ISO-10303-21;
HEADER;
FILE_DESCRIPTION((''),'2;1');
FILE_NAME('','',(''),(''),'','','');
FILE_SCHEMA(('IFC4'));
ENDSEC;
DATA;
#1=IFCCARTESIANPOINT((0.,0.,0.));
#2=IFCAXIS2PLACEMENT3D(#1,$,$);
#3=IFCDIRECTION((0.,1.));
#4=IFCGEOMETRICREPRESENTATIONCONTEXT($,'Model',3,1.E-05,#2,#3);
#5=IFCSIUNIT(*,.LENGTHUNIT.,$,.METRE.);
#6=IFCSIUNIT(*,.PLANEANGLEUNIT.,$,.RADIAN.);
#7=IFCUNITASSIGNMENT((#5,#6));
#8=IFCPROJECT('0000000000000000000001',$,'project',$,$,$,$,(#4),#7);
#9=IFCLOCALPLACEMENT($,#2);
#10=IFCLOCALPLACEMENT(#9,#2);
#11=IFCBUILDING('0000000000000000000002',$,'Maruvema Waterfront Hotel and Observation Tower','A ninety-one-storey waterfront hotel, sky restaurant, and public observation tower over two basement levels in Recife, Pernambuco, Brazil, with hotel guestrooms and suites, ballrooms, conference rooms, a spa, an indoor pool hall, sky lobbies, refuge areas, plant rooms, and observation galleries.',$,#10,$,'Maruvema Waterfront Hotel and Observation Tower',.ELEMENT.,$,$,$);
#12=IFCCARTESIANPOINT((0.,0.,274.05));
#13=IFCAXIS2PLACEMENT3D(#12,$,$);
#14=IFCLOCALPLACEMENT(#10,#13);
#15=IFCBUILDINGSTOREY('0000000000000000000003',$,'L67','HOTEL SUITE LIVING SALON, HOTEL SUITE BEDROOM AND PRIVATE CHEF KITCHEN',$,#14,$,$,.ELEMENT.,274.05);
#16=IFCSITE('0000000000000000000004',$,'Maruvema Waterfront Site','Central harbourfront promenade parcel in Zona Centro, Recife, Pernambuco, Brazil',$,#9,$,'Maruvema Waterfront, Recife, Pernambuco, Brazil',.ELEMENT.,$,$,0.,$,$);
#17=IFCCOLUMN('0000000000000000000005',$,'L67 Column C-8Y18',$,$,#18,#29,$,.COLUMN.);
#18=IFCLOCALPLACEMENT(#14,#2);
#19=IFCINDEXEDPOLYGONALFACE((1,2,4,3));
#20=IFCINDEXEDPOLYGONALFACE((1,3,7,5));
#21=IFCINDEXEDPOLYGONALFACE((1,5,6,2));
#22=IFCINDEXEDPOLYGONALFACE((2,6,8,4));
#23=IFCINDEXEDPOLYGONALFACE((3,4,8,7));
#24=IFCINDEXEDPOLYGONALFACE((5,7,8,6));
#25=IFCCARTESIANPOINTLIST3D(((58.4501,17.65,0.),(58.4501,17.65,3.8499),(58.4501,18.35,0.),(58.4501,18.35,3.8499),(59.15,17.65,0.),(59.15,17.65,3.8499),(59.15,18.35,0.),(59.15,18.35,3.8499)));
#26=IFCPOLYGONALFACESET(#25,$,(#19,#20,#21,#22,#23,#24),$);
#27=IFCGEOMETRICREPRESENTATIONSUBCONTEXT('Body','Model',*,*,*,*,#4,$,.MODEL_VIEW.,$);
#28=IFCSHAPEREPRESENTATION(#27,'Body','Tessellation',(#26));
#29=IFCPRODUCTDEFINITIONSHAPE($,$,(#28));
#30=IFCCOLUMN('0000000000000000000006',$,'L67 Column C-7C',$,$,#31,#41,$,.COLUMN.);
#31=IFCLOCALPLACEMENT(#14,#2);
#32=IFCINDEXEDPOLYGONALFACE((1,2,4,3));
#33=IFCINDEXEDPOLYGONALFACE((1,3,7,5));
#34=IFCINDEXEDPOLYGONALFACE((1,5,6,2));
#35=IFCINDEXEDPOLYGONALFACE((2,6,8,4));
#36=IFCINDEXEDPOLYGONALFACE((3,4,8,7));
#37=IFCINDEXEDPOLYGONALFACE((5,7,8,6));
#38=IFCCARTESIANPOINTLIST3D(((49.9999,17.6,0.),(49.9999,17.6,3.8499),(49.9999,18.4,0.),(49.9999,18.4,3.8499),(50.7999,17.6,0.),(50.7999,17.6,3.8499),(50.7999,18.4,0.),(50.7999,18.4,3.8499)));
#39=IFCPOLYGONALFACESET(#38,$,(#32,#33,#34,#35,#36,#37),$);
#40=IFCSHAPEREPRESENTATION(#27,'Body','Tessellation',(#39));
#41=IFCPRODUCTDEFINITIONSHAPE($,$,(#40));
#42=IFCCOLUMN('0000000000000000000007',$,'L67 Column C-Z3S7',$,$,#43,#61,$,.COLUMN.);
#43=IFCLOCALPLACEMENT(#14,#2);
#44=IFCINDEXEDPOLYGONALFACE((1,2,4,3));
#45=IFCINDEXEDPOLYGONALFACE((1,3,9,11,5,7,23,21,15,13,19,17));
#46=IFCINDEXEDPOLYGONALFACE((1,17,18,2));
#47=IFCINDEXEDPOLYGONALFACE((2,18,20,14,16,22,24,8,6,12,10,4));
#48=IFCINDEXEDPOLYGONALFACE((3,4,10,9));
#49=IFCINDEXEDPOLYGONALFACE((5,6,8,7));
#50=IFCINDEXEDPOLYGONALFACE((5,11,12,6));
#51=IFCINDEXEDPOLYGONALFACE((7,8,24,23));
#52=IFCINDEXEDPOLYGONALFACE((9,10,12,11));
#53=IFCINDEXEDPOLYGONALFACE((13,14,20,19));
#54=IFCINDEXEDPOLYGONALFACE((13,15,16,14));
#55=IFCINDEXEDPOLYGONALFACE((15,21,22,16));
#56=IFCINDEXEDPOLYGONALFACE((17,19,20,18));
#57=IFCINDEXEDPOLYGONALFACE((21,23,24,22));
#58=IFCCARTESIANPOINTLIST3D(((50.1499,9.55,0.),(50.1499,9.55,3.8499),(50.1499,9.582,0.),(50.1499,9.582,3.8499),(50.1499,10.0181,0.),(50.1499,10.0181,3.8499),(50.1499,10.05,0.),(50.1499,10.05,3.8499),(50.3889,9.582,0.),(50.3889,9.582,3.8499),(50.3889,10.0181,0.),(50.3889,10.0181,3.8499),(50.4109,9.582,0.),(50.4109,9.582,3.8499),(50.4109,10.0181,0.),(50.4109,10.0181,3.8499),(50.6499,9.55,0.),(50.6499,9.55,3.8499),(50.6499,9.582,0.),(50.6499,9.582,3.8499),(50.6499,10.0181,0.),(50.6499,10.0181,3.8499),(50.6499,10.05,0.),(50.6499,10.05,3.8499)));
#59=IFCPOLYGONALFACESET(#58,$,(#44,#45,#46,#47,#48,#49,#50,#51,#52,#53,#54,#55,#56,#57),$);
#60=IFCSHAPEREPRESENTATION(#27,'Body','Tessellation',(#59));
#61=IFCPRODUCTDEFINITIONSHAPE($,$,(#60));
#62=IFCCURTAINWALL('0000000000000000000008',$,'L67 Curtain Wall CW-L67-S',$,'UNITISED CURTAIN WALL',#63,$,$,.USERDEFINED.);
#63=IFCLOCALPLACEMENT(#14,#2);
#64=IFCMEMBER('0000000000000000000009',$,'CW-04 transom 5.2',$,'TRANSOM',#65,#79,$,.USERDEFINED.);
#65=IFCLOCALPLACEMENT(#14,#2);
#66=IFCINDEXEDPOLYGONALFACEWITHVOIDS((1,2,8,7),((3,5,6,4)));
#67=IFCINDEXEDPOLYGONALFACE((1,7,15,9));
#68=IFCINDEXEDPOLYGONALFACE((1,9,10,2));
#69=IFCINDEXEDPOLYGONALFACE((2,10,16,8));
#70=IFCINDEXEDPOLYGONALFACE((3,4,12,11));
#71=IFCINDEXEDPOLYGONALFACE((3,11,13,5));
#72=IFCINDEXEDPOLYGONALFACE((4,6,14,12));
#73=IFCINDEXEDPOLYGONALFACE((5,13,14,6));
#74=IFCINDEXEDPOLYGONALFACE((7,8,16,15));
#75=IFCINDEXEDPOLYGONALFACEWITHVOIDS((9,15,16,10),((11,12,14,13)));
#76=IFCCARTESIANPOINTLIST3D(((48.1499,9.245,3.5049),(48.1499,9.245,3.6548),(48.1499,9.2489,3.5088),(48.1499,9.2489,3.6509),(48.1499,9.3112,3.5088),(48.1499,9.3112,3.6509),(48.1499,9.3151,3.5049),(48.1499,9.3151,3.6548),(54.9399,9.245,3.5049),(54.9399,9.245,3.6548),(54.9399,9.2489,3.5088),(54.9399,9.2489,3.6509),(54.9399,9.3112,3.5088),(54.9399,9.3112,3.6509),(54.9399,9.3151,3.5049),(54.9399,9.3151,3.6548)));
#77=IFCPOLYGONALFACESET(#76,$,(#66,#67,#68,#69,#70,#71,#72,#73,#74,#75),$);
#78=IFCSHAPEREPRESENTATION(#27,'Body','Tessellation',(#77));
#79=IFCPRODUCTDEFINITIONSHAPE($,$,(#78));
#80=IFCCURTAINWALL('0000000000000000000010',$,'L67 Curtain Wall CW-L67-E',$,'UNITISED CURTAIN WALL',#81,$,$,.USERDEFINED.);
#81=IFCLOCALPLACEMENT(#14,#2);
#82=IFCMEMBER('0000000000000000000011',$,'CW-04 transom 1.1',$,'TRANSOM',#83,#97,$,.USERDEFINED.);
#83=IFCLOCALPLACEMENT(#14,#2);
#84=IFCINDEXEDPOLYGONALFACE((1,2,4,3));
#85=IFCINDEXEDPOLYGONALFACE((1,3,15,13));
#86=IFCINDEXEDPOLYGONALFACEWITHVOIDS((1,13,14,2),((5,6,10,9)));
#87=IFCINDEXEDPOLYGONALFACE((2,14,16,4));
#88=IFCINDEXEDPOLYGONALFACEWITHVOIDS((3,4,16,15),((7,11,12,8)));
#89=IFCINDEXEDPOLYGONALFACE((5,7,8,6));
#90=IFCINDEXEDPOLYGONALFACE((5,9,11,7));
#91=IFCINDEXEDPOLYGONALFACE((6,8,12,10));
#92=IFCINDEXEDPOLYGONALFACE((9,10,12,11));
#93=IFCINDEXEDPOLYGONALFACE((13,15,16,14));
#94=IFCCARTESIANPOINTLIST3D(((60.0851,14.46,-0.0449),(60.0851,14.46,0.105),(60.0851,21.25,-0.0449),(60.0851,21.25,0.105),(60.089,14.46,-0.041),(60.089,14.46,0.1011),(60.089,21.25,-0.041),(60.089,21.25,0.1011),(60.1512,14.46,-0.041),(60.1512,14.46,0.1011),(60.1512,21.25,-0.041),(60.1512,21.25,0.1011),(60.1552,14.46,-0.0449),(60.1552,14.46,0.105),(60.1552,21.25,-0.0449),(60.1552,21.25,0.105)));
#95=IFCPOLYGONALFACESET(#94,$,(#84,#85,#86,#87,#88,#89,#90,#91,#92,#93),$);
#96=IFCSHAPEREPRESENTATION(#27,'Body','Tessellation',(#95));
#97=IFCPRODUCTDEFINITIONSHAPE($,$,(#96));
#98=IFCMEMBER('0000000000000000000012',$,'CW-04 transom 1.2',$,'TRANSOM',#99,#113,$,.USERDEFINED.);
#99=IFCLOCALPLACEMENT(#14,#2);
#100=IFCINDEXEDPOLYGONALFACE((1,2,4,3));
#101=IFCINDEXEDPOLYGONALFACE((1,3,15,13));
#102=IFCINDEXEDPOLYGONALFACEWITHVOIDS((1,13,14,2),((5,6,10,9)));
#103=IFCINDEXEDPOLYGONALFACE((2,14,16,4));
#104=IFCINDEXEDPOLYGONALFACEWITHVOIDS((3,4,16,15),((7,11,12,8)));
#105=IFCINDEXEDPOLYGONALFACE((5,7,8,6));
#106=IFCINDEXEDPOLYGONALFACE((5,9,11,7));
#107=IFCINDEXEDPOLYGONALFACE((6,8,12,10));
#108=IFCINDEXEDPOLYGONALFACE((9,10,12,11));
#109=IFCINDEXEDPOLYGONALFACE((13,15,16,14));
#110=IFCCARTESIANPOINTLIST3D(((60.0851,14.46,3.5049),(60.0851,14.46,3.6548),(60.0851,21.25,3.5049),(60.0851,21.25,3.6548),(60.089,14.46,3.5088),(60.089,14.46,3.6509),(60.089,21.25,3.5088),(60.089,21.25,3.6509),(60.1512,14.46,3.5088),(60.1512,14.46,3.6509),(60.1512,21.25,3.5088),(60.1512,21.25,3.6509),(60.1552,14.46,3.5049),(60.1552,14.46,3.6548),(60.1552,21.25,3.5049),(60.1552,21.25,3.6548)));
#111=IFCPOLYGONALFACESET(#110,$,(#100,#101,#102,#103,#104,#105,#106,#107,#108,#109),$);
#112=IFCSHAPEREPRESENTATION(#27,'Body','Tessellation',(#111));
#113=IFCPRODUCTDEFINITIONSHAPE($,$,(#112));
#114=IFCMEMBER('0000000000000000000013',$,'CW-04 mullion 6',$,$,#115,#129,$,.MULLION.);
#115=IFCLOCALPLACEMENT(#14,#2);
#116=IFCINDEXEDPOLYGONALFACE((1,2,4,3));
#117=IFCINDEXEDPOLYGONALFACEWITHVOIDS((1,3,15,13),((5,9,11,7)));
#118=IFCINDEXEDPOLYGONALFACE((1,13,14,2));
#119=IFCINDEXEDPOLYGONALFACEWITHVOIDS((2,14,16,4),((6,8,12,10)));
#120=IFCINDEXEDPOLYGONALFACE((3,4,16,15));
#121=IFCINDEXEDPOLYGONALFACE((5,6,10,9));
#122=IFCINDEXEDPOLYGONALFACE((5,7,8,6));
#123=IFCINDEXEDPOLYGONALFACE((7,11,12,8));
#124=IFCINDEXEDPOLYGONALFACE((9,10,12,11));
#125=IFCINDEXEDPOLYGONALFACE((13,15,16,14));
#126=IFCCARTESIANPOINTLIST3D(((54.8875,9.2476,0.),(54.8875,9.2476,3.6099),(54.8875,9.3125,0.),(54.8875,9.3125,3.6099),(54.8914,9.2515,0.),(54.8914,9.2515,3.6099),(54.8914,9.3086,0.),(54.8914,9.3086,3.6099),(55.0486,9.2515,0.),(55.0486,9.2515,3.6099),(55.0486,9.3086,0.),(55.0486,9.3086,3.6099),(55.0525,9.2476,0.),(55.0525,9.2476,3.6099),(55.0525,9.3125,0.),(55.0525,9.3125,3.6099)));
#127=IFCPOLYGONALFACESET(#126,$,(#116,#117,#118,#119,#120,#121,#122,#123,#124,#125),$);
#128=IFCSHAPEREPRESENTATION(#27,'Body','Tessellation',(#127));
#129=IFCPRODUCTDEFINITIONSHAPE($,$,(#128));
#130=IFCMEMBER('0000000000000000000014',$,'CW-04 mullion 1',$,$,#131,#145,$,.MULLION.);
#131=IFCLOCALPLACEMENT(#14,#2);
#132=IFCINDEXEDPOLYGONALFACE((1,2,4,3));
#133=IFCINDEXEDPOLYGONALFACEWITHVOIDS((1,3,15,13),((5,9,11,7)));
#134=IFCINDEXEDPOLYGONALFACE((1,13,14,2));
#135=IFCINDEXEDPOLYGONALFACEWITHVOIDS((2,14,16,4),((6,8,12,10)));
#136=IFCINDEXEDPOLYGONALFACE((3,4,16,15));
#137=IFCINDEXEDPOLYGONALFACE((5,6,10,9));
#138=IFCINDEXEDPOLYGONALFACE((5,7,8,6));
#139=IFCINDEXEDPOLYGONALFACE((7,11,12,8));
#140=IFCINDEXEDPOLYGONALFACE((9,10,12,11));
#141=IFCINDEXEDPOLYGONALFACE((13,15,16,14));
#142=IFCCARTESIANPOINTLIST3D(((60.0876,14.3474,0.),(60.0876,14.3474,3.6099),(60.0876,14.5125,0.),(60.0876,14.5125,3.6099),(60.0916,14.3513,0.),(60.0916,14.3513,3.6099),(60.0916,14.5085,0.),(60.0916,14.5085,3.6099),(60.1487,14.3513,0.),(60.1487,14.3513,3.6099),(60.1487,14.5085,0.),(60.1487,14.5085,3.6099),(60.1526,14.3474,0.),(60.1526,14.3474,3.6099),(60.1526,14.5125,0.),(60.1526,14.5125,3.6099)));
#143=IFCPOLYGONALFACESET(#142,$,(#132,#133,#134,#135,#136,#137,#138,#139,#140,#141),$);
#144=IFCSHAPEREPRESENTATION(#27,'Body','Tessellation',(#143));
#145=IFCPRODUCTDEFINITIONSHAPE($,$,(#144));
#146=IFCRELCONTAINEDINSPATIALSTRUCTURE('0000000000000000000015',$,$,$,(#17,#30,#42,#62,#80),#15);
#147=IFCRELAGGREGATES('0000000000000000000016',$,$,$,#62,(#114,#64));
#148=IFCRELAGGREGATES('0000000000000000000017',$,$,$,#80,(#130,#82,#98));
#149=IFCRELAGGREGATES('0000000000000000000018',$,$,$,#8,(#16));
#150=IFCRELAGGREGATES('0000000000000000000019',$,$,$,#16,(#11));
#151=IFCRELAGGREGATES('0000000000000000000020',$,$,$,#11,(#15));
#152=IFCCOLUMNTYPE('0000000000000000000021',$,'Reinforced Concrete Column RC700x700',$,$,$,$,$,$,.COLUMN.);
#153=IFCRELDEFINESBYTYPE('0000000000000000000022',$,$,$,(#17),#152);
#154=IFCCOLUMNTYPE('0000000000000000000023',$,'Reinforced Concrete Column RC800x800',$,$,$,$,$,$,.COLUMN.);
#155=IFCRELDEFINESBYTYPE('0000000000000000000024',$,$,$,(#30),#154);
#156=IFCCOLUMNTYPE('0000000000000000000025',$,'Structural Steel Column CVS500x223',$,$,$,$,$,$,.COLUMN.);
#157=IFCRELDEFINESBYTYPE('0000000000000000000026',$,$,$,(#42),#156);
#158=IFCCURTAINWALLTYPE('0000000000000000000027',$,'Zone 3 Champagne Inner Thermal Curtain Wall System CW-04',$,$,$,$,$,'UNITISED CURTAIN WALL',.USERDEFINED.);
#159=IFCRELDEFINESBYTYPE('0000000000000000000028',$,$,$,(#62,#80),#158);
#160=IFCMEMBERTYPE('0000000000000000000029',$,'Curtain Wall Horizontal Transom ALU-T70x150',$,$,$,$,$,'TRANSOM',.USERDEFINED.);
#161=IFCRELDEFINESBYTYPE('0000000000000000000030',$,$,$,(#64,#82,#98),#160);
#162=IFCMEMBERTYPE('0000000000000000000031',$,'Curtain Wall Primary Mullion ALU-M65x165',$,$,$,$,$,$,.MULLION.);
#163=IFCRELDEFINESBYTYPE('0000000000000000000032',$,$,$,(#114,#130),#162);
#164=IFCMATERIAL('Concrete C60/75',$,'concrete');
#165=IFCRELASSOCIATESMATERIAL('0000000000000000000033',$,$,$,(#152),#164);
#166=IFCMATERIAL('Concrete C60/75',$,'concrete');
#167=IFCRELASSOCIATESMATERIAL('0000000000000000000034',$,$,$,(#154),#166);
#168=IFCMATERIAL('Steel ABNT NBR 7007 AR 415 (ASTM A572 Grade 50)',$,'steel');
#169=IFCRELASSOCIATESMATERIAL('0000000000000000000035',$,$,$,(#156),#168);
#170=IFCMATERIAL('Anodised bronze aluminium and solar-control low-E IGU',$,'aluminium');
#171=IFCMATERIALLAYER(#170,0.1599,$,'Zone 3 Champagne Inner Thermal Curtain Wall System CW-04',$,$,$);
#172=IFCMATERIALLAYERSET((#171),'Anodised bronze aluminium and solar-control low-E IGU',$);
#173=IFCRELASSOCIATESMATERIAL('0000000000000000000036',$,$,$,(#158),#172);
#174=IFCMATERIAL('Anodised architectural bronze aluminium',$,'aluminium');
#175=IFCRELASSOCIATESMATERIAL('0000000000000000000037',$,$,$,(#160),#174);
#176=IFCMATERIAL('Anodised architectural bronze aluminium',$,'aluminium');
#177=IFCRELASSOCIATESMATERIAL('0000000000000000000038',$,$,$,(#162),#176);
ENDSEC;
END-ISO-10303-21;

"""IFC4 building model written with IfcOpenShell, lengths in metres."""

from ifc_helpers import new_model, si_unit, direction, frame, origin, origin_2d, place, context, subcontext, project, spatial, rectangle, hollow_rectangle, i_section, extrude, material, layer, layer_set, material_profile, profile_set, type_object, element, aggregate, save


model = new_model("IFC4")

# Units and contexts
model_context = context("Model", 3, precision=1e-05, world=origin(), true_north=direction((0.0, 1.0)))
body_context = subcontext(model_context, "Body", "Model", "MODEL_VIEW")
ifc_project = project(units=[si_unit("LENGTHUNIT", "METRE"), si_unit("PLANEANGLEUNIT", "RADIAN")], contexts=[model_context])

# Site, building, storey
site_placement = place(None, origin())
site = spatial("IfcSite", under=ifc_project, at=site_placement, Name="Maruvema Waterfront Site", Description="Central harbourfront promenade parcel in Zona Centro, Recife, Pernambuco, Brazil", LongName="Maruvema Waterfront, Recife, Pernambuco, Brazil", CompositionType="ELEMENT", RefElevation=0.0)
building_placement = place(site_placement, origin())
building = spatial("IfcBuilding", under=site, at=building_placement, Name="Maruvema Waterfront Hotel and Observation Tower", Description="A ninety-one-storey waterfront hotel, sky restaurant, and public observation tower over two basement levels in Recife, Pernambuco, Brazil, with hotel guestrooms and suites, ballrooms, conference rooms, a spa, an indoor pool hall, sky lobbies, refuge areas, plant rooms, and observation galleries.", LongName="Maruvema Waterfront Hotel and Observation Tower", CompositionType="ELEMENT")
storey_placement = place(building_placement, frame((0.0, 0.0, 274.05)))
storey = spatial("IfcBuildingStorey", under=building, at=storey_placement, Name="L67", Description="HOTEL SUITE LIVING SALON, HOTEL SUITE BEDROOM AND PRIVATE CHEF KITCHEN", CompositionType="ELEMENT", Elevation=274.05)

# Columns
ifc_material_1 = material(Name="Concrete C60/75", Category="concrete")
ifc_material_profile_1 = material_profile(ifc_material_1, rectangle(XDim=0.7, YDim=0.7, at=origin_2d()), Name="RC700x700")
ifc_profile_set_1 = profile_set([ifc_material_profile_1], Name="Concrete C60/75")
column_type_1 = type_object("IfcColumnType", Name="Reinforced Concrete Column RC700x700", PredefinedType="COLUMN", material=ifc_profile_set_1)
column_1_placement = place(storey_placement, frame((58.8, 18.0, 0.0), z_axis=(0.0, 0.0, 1.0), x_axis=(1.0, 0.0, 0.0)))
element("IfcColumn", 1, at=column_1_placement, inside=storey, type_object=column_type_1, Name="L67 Column C-8Y18", PredefinedType="COLUMN", context=body_context, shape_type="SweptSolid", body=[
    extrude(rectangle(XDim=0.7, YDim=0.7, at=origin_2d()), origin(), (0.0, 0.0, 1.0), 3.8499),
])
ifc_material_2 = material(Name="Concrete C60/75", Category="concrete")
ifc_material_profile_2 = material_profile(ifc_material_2, rectangle(XDim=0.8, YDim=0.8, at=origin_2d()), Name="RC800x800")
ifc_profile_set_2 = profile_set([ifc_material_profile_2], Name="Concrete C60/75")
column_type_2 = type_object("IfcColumnType", Name="Reinforced Concrete Column RC800x800", PredefinedType="COLUMN", material=ifc_profile_set_2)
column_2_placement = place(storey_placement, frame((50.3999, 18.0, 0.0), z_axis=(0.0, 0.0, 1.0), x_axis=(1.0, 0.0, 0.0)))
element("IfcColumn", 2, at=column_2_placement, inside=storey, type_object=column_type_2, Name="L67 Column C-7C", PredefinedType="COLUMN", context=body_context, shape_type="SweptSolid", body=[
    extrude(rectangle(XDim=0.8, YDim=0.8, at=origin_2d()), origin(), (0.0, 0.0, 1.0), 3.8499),
])
ifc_material_3 = material(Name="Steel ABNT NBR 7007 AR 415 (ASTM A572 Grade 50)", Category="steel")
ifc_material_profile_3 = material_profile(ifc_material_3, i_section(OverallWidth=0.5, OverallDepth=0.5, WebThickness=0.022, FlangeThickness=0.032, at=origin_2d()), Name="CVS500x223")
ifc_profile_set_3 = profile_set([ifc_material_profile_3], Name="Steel ABNT NBR 7007 AR 415 (ASTM A572 Grade 50)")
column_type_3 = type_object("IfcColumnType", Name="Structural Steel Column CVS500x223", PredefinedType="COLUMN", material=ifc_profile_set_3)
column_3_placement = place(storey_placement, frame((50.3999, 9.8, 0.0), z_axis=(0.0, 0.0, 1.0), x_axis=(1.0, 0.0, 0.0)))
element("IfcColumn", 3, at=column_3_placement, inside=storey, type_object=column_type_3, Name="L67 Column C-Z3S7", PredefinedType="COLUMN", context=body_context, shape_type="SweptSolid", body=[
    extrude(i_section(OverallWidth=0.5, OverallDepth=0.5, WebThickness=0.022, FlangeThickness=0.032, at=origin_2d()), origin(), (0.0, 0.0, 1.0), 3.8499),
])

# Curtain wall, member
ifc_material_4 = material(Name="Anodised bronze aluminium and solar-control low-E IGU", Category="aluminium")
ifc_layer_1 = layer(ifc_material_4, 0.1599, Name="Zone 3 Champagne Inner Thermal Curtain Wall System CW-04")
ifc_layer_set_1 = layer_set([ifc_layer_1], Name="Anodised bronze aluminium and solar-control low-E IGU")
curtain_wall_type = type_object("IfcCurtainWallType", Name="Zone 3 Champagne Inner Thermal Curtain Wall System CW-04", ElementType="UNITISED CURTAIN WALL", PredefinedType="USERDEFINED", material=ifc_layer_set_1)
curtain_wall_1_placement = place(storey_placement, origin())
curtain_wall_1 = element("IfcCurtainWall", 4, at=curtain_wall_1_placement, inside=storey, type_object=curtain_wall_type, Name="L67 Curtain Wall CW-L67-S", ObjectType="UNITISED CURTAIN WALL", PredefinedType="USERDEFINED")
ifc_material_5 = material(Name="Anodised architectural bronze aluminium", Category="aluminium")
ifc_material_profile_4 = material_profile(ifc_material_5, hollow_rectangle(XDim=0.0701, YDim=0.1499, WallThickness=0.0039, at=origin_2d()), Name="ALU-T70x150")
ifc_profile_set_4 = profile_set([ifc_material_profile_4], Name="Anodised architectural bronze aluminium")
member_type_1 = type_object("IfcMemberType", Name="Curtain Wall Horizontal Transom ALU-T70x150", ElementType="TRANSOM", PredefinedType="USERDEFINED", material=ifc_profile_set_4)
member_1_placement = place(storey_placement, frame((48.1499, 9.28, 3.5798), z_axis=(1.0, 0.0, 0.0), x_axis=(0.0, 1.0, 0.0)))
member_1 = element("IfcMember", 5, at=member_1_placement, type_object=member_type_1, Name="CW-04 transom 5.2", ObjectType="TRANSOM", PredefinedType="USERDEFINED", context=body_context, shape_type="SweptSolid", body=[
    extrude(hollow_rectangle(XDim=0.0701, YDim=0.1499, WallThickness=0.0039, at=origin_2d()), origin(), (0.0, 0.0, 1.0), 6.79),
])

# Curtain wall, members
curtain_wall_2_placement = place(storey_placement, origin())
curtain_wall_2 = element("IfcCurtainWall", 6, at=curtain_wall_2_placement, inside=storey, type_object=curtain_wall_type, Name="L67 Curtain Wall CW-L67-E", ObjectType="UNITISED CURTAIN WALL", PredefinedType="USERDEFINED")
member_2_placement = place(storey_placement, frame((60.1201, 14.46, 0.03), z_axis=(0.0, 1.0, 0.0), x_axis=(-1.0, 0.0, 0.0)))
member_2 = element("IfcMember", 7, at=member_2_placement, type_object=member_type_1, Name="CW-04 transom 1.1", ObjectType="TRANSOM", PredefinedType="USERDEFINED", context=body_context, shape_type="SweptSolid", body=[
    extrude(hollow_rectangle(XDim=0.0701, YDim=0.1499, WallThickness=0.0039, at=origin_2d()), origin(), (0.0, 0.0, 1.0), 6.79),
])
member_3_placement = place(storey_placement, frame((60.1201, 14.46, 3.5798), z_axis=(0.0, 1.0, 0.0), x_axis=(-1.0, 0.0, 0.0)))
member_3 = element("IfcMember", 8, at=member_3_placement, type_object=member_type_1, Name="CW-04 transom 1.2", ObjectType="TRANSOM", PredefinedType="USERDEFINED", context=body_context, shape_type="SweptSolid", body=[
    extrude(hollow_rectangle(XDim=0.0701, YDim=0.1499, WallThickness=0.0039, at=origin_2d()), origin(), (0.0, 0.0, 1.0), 6.79),
])

# Members
ifc_material_6 = material(Name="Anodised architectural bronze aluminium", Category="aluminium")
ifc_material_profile_5 = material_profile(ifc_material_6, hollow_rectangle(XDim=0.0649, YDim=0.165, WallThickness=0.0039, at=origin_2d()), Name="ALU-M65x165")
ifc_profile_set_5 = profile_set([ifc_material_profile_5], Name="Anodised architectural bronze aluminium")
member_type_2 = type_object("IfcMemberType", Name="Curtain Wall Primary Mullion ALU-M65x165", PredefinedType="MULLION", material=ifc_profile_set_5)
member_4_placement = place(storey_placement, frame((54.97, 9.28, 0.0), z_axis=(0.0, 0.0, 1.0), x_axis=(0.0, 1.0, 0.0)))
member_4 = element("IfcMember", 9, at=member_4_placement, type_object=member_type_2, Name="CW-04 mullion 6", PredefinedType="MULLION", context=body_context, shape_type="SweptSolid", body=[
    extrude(hollow_rectangle(XDim=0.0649, YDim=0.165, WallThickness=0.0039, at=origin_2d()), origin(), (0.0, 0.0, 1.0), 3.6099),
])
member_5_placement = place(storey_placement, frame((60.1201, 14.4299, 0.0), z_axis=(0.0, 0.0, 1.0), x_axis=(-1.0, 0.0, 0.0)))
member_5 = element("IfcMember", 10, at=member_5_placement, type_object=member_type_2, Name="CW-04 mullion 1", PredefinedType="MULLION", context=body_context, shape_type="SweptSolid", body=[
    extrude(hollow_rectangle(XDim=0.0649, YDim=0.165, WallThickness=0.0039, at=origin_2d()), origin(), (0.0, 0.0, 1.0), 3.6099),
])

aggregate(curtain_wall_1, [member_4, member_1])
aggregate(curtain_wall_2, [member_5, member_2, member_3])

save(model, "model.ifc")
